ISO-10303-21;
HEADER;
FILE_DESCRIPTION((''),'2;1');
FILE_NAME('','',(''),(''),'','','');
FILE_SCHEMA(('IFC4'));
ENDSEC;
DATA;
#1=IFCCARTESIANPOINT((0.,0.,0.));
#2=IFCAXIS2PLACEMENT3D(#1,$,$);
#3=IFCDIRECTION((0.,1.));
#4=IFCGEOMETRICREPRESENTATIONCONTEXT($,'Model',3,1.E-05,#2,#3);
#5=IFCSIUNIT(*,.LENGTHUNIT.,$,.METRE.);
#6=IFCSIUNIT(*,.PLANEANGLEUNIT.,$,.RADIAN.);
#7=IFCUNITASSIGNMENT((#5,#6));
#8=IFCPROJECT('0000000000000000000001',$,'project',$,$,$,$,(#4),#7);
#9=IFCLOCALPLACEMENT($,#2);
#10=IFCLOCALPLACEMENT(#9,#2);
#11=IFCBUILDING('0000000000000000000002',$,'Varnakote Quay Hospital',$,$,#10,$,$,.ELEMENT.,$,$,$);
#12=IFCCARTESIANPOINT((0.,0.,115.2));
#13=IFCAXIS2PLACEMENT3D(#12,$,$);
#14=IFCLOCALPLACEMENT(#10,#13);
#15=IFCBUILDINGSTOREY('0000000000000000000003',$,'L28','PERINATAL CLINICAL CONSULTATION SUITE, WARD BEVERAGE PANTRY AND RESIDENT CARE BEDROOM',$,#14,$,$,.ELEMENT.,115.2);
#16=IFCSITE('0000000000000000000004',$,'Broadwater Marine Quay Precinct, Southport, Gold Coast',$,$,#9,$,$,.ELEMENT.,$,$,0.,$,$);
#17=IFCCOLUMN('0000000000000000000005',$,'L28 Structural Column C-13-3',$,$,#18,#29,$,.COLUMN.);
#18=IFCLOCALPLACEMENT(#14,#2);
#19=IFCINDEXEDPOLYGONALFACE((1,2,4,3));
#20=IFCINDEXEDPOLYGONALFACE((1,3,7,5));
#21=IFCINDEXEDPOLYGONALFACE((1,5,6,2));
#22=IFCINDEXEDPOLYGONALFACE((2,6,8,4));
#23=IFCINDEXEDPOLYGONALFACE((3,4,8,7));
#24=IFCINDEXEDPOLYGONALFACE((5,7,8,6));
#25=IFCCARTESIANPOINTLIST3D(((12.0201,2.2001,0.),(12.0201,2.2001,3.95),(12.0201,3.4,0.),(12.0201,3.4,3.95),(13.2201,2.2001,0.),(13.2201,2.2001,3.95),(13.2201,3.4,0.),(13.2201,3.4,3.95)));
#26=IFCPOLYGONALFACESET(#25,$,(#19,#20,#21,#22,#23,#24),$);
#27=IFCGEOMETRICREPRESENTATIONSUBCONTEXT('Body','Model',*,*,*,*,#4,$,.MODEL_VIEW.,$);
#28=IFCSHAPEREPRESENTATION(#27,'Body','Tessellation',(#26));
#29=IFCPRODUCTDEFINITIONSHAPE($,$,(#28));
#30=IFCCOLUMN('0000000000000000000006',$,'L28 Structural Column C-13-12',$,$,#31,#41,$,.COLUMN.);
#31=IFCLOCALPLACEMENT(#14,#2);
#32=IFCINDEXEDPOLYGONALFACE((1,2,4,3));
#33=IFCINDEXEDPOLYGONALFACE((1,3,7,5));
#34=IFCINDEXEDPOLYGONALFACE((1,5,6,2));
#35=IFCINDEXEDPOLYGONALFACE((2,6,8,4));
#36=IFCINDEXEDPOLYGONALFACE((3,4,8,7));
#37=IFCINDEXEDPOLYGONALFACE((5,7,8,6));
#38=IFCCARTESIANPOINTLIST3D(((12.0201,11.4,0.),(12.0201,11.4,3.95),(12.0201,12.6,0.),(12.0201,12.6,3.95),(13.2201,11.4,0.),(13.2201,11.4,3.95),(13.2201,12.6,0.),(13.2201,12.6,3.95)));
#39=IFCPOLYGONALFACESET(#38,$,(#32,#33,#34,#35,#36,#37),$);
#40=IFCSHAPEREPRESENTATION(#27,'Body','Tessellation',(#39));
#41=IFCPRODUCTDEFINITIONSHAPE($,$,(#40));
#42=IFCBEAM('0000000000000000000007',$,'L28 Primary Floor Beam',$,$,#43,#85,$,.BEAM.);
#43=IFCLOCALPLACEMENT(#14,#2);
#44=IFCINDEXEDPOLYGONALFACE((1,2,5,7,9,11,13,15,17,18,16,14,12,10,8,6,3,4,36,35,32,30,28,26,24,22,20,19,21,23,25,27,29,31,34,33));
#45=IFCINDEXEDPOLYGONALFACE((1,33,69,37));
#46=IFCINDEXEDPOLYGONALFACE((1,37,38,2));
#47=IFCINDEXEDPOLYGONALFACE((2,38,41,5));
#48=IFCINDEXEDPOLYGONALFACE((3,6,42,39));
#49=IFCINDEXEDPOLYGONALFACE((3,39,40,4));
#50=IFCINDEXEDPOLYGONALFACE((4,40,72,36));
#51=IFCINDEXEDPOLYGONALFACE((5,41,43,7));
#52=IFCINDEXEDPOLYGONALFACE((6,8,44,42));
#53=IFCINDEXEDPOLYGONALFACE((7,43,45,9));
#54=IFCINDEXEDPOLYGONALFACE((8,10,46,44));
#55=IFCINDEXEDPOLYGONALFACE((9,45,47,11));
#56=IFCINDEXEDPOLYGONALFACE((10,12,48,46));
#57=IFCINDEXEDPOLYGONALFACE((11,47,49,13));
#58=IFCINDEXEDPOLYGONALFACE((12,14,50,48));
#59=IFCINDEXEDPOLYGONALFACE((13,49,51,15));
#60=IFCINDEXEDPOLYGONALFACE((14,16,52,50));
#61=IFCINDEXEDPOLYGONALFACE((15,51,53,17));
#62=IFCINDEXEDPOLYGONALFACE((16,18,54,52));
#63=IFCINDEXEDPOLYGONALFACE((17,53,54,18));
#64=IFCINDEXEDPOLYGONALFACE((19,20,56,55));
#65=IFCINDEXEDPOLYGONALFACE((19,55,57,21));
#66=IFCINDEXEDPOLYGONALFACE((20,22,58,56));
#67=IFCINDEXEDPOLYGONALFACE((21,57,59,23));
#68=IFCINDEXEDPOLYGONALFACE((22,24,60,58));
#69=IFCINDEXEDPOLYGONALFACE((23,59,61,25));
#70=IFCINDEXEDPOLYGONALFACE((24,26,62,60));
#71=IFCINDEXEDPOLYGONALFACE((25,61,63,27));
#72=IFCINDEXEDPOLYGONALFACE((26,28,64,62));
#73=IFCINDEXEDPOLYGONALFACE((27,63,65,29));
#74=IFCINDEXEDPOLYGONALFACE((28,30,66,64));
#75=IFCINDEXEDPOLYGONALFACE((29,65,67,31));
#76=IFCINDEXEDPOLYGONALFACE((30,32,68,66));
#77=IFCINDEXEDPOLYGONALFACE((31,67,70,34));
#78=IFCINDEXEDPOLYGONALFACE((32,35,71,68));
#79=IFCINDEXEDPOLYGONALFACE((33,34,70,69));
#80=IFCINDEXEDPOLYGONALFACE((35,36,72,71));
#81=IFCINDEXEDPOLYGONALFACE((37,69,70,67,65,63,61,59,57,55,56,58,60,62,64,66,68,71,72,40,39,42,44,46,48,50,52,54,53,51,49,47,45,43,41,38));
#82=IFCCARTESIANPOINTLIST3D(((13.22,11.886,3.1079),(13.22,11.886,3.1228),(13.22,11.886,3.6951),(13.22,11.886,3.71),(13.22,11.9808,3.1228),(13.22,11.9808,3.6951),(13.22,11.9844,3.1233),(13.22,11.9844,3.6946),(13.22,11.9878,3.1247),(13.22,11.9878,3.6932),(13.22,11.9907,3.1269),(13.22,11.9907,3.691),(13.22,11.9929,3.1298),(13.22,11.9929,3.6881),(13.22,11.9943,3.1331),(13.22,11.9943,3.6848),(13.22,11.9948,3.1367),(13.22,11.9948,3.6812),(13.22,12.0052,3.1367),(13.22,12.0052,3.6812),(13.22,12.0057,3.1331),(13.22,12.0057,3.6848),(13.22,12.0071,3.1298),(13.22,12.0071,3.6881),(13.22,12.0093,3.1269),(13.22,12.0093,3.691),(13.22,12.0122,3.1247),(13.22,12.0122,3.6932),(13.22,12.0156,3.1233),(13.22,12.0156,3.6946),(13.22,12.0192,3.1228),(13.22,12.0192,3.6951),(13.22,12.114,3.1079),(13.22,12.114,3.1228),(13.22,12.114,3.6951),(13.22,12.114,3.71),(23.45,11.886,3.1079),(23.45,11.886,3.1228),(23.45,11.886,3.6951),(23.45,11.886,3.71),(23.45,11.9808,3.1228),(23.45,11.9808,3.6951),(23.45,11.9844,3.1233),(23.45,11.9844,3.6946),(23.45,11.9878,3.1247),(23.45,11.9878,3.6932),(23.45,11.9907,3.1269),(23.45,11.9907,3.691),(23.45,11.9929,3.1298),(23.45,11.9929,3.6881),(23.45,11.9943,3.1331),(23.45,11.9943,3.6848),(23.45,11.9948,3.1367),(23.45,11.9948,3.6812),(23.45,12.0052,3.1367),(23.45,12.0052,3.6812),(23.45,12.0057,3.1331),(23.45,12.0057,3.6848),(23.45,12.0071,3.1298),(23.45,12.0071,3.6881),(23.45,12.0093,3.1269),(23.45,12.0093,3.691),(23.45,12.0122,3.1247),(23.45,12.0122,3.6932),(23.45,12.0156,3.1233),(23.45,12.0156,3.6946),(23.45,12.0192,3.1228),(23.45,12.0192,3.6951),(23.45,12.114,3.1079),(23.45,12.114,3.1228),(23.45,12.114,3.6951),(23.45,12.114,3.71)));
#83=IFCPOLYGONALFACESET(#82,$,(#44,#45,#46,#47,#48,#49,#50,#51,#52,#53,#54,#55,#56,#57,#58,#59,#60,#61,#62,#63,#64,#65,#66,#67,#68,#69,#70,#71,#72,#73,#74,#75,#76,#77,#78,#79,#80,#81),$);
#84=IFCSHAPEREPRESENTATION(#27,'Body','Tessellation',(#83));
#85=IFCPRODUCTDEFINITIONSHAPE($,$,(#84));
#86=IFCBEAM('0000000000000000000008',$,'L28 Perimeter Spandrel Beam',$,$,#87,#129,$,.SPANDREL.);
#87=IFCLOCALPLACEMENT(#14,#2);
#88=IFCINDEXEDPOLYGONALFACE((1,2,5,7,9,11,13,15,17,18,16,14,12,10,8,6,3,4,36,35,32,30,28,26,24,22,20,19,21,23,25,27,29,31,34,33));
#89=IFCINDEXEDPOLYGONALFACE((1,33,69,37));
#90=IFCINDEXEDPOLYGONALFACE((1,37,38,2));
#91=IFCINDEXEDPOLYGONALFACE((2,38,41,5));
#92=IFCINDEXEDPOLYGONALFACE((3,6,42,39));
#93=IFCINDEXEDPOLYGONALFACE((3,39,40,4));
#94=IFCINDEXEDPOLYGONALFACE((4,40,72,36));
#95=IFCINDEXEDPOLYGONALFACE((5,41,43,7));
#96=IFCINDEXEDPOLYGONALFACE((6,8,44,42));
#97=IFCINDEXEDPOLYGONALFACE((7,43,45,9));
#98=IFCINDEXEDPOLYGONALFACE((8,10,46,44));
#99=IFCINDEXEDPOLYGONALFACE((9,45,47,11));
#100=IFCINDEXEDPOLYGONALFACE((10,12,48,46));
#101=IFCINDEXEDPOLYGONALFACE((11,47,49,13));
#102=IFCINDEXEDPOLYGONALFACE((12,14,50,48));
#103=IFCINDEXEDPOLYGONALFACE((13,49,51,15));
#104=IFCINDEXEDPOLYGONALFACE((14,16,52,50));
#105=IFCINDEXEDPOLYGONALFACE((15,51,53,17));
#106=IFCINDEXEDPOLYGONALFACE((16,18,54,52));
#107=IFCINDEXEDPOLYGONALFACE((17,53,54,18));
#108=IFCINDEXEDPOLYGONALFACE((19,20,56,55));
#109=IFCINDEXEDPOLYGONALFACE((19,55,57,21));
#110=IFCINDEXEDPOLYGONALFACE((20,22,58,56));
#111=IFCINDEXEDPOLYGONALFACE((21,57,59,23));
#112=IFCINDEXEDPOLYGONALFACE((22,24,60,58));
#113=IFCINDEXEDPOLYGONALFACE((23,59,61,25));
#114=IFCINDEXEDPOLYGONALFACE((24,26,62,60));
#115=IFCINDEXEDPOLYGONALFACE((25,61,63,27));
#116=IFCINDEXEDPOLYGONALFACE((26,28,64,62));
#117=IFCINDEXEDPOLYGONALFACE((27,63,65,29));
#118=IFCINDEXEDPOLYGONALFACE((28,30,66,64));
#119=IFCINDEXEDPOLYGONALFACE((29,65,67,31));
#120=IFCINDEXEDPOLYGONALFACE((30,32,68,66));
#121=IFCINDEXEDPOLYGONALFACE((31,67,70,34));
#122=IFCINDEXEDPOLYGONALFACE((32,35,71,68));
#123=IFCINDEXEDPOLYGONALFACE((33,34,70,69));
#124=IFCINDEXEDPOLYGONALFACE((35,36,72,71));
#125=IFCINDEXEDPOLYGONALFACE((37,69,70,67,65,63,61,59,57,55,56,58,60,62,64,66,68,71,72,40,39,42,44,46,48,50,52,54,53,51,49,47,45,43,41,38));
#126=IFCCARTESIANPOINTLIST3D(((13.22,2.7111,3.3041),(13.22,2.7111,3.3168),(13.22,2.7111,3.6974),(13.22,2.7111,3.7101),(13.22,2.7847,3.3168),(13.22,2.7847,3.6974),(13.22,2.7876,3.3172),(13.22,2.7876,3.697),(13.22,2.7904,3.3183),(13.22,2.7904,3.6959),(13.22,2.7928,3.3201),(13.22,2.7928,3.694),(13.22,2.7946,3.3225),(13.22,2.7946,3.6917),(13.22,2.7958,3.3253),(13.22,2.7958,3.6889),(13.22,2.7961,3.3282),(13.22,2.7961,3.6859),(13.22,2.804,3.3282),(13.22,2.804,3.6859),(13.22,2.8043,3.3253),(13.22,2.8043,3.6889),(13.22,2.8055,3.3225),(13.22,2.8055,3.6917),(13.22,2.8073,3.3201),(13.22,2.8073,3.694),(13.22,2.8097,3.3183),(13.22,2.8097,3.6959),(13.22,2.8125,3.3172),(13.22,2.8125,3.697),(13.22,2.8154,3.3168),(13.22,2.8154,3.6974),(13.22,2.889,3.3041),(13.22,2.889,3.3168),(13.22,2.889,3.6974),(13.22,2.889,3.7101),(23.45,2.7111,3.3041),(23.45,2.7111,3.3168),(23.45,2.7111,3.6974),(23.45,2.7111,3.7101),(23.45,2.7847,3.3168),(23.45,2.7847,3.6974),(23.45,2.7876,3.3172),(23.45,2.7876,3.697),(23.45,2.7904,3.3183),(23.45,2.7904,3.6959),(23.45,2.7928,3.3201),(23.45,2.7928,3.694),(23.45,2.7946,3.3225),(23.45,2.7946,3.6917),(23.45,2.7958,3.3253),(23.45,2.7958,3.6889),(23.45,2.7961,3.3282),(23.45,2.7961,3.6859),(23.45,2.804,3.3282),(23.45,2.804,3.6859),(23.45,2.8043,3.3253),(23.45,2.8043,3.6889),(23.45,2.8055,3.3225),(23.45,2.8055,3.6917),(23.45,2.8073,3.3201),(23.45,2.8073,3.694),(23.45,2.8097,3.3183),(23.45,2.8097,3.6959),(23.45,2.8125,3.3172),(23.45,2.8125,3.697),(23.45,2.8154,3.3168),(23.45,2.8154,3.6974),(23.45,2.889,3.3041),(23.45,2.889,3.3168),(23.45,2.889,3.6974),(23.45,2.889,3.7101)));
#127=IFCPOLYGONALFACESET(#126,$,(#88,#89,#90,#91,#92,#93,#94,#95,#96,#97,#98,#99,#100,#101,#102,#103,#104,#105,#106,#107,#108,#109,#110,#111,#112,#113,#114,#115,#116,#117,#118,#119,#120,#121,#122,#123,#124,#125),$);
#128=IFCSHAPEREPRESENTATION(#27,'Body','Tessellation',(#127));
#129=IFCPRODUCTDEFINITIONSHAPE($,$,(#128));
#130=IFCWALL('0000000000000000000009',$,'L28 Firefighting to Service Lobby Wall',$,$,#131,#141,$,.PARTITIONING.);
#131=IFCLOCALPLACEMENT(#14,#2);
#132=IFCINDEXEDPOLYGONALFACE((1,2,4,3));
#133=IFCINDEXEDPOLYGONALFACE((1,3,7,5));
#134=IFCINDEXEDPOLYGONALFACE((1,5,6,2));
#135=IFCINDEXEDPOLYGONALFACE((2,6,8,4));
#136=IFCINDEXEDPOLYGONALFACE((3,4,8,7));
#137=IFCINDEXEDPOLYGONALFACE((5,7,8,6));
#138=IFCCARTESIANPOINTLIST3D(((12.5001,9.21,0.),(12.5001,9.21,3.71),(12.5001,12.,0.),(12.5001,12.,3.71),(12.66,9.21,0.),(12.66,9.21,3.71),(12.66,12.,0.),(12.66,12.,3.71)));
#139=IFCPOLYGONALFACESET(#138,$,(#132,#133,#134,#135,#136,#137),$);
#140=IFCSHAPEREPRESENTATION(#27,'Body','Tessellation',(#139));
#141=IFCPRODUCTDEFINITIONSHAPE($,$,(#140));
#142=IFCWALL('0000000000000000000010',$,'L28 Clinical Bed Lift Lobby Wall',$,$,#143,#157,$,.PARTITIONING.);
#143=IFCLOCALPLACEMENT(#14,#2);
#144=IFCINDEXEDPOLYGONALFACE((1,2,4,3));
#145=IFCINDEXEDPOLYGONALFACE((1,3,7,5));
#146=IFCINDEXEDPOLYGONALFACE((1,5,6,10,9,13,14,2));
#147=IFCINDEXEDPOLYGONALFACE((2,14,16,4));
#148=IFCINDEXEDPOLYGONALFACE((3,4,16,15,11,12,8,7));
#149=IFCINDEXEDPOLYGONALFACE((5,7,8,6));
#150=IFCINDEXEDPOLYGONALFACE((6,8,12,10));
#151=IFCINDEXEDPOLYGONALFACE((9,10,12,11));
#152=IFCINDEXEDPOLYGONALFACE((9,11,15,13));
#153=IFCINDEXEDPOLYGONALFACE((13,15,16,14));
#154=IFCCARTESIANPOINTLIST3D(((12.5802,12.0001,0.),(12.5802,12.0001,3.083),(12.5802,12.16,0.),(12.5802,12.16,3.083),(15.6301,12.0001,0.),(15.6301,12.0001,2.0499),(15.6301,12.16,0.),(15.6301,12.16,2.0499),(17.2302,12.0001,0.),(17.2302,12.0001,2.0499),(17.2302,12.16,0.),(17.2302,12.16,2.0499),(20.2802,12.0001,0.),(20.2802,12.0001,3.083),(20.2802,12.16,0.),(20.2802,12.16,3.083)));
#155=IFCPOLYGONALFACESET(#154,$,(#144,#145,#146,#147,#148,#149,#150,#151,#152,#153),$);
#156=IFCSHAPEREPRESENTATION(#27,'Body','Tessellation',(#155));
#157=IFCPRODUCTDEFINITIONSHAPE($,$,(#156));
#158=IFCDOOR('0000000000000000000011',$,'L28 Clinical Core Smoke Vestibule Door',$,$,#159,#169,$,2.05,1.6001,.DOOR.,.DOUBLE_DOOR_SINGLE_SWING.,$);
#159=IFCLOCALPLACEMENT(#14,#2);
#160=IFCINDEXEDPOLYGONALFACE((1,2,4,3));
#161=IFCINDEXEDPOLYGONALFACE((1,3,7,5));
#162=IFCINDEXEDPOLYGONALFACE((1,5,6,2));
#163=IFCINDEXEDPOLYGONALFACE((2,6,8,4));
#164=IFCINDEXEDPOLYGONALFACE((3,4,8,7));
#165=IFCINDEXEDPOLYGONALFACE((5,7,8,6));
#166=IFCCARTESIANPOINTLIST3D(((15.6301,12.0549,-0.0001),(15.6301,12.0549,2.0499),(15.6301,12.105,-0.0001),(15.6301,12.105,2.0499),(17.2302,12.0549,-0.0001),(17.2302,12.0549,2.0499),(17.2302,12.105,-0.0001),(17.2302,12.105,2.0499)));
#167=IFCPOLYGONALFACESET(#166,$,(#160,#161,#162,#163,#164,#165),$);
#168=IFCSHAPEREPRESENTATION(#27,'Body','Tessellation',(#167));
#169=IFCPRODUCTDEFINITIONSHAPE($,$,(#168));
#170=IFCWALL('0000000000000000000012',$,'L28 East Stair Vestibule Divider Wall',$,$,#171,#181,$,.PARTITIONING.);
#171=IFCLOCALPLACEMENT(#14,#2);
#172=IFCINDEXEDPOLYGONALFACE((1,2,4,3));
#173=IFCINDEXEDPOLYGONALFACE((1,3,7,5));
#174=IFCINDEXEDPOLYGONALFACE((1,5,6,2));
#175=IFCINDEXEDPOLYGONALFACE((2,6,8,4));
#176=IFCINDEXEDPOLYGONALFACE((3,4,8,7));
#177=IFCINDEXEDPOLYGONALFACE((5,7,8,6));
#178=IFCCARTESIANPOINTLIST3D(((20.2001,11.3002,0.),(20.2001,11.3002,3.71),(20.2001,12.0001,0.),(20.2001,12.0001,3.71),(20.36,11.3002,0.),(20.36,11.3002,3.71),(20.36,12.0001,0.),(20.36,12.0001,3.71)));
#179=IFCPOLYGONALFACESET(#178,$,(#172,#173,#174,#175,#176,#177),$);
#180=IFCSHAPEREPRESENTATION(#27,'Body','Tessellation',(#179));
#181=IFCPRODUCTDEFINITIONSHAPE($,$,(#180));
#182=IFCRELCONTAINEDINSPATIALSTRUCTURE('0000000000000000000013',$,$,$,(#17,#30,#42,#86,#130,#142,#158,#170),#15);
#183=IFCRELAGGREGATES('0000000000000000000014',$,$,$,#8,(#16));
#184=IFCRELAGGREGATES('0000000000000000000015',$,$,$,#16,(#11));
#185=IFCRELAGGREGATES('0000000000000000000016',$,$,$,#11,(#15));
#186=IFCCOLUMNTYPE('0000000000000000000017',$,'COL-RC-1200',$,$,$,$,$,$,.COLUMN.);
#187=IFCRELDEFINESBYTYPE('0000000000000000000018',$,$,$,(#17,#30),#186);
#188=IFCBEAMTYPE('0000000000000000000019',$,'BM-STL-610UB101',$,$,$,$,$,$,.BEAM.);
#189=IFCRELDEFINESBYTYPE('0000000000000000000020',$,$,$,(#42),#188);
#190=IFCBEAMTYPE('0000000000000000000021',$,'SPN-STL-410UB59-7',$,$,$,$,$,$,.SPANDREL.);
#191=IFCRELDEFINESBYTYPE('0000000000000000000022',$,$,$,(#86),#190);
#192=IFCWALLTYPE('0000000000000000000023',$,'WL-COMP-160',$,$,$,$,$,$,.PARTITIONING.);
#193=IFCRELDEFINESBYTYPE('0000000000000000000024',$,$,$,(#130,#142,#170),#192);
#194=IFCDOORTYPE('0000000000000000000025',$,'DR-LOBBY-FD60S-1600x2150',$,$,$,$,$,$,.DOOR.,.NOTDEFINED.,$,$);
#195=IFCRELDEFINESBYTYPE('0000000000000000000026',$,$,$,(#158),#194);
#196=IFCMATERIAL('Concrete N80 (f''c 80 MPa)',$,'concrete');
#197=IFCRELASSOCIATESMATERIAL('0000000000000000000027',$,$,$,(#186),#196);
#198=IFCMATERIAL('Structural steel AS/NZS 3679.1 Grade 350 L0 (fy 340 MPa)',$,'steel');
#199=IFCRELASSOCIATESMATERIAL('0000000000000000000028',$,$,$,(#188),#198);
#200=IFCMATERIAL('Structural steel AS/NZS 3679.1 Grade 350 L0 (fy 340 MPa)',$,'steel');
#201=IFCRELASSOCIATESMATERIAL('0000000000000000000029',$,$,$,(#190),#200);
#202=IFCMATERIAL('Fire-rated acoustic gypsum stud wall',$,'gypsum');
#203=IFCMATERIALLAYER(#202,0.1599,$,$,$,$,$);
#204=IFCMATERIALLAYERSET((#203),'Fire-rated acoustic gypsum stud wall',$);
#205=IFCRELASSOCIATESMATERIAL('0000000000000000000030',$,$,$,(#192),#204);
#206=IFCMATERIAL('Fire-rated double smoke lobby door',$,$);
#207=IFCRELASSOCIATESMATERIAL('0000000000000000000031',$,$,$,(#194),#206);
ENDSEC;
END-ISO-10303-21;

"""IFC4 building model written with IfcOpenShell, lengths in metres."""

from ifc_helpers import new_model, si_unit, direction, frame, frame_2d, origin, origin_2d, place, context, subcontext, project, spatial, rectangle, i_section, extrude, material, layer, layer_set, material_profile, profile_set, type_object, element, fill, save


model = new_model("IFC4")

# Units and contexts
model_context = context("Model", 3, precision=1e-05, world=origin(), true_north=direction((0.0, 1.0)))
body_context = subcontext(model_context, "Body", "Model", "MODEL_VIEW")
ifc_project = project(units=[si_unit("LENGTHUNIT", "METRE"), si_unit("PLANEANGLEUNIT", "RADIAN")], contexts=[model_context])

# Site, building, storey
site_placement = place(None, origin())
site = spatial("IfcSite", under=ifc_project, at=site_placement, Name="Broadwater Marine Quay Precinct, Southport, Gold Coast", CompositionType="ELEMENT", RefElevation=0.0)
building_placement = place(site_placement, origin())
building = spatial("IfcBuilding", under=site, at=building_placement, Name="Varnakote Quay Hospital", CompositionType="ELEMENT")
storey_placement = place(building_placement, frame((0.0, 0.0, 115.2)))
storey = spatial("IfcBuildingStorey", under=building, at=storey_placement, Name="L28", Description="PERINATAL CLINICAL CONSULTATION SUITE, WARD BEVERAGE PANTRY AND RESIDENT CARE BEDROOM", CompositionType="ELEMENT", Elevation=115.2)

# Columns
ifc_material_1 = material(Name="Concrete N80 (f'c 80 MPa)", Category="concrete")
ifc_material_profile_1 = material_profile(ifc_material_1, rectangle(XDim=1.2, YDim=1.2, at=origin_2d()), Name="RC-COL-1200x1200")
ifc_profile_set_1 = profile_set([ifc_material_profile_1], Name="Concrete N80 (f'c 80 MPa)")
column_type = type_object("IfcColumnType", Name="COL-RC-1200", PredefinedType="COLUMN", material=ifc_profile_set_1)
for number, where, z_axis, x_axis, name in (
    (1, (12.6201, 2.8, 0.0), (0.0, 0.0, 1.0), (1.0, 0.0, 0.0), "L28 Structural Column C-13-3"),
    (2, (12.6201, 12.0, 0.0), (0.0, 0.0, 1.0), (1.0, 0.0, 0.0), "L28 Structural Column C-13-12"),
):
    element("IfcColumn", number, at=place(storey_placement, frame(where, z_axis=z_axis, x_axis=x_axis)), inside=storey, type_object=column_type, Name=name, PredefinedType="COLUMN", context=body_context, shape_type="SweptSolid", body=[
        extrude(rectangle(XDim=1.2, YDim=1.2, at=origin_2d()), origin(), (0.0, 0.0, 1.0), 3.95),
    ])

# Beams
ifc_material_2 = material(Name="Structural steel AS/NZS 3679.1 Grade 350 L0 (fy 340 MPa)", Category="steel")
ifc_material_profile_2 = material_profile(ifc_material_2, i_section(OverallWidth=0.228, OverallDepth=0.6021, WebThickness=0.0105, FlangeThickness=0.0149, FilletRadius=0.0139, at=origin_2d()), Name="610UB101")
ifc_profile_set_2 = profile_set([ifc_material_profile_2], Name="Structural steel AS/NZS 3679.1 Grade 350 L0 (fy 340 MPa)")
beam_type_1 = type_object("IfcBeamType", Name="BM-STL-610UB101", PredefinedType="BEAM", material=ifc_profile_set_2)
beam_1_placement = place(storey_placement, frame((13.22, 12.0, 3.4089), z_axis=(1.0, 0.0, 0.0), x_axis=(0.0, 1.0, 0.0)))
element("IfcBeam", 3, at=beam_1_placement, inside=storey, type_object=beam_type_1, Name="L28 Primary Floor Beam", PredefinedType="BEAM", context=body_context, shape_type="SweptSolid", body=[
    extrude(i_section(OverallWidth=0.228, OverallDepth=0.6021, WebThickness=0.0105, FlangeThickness=0.0149, FilletRadius=0.0139, at=origin_2d()), origin(), (0.0, 0.0, 1.0), 10.23),
])
ifc_material_3 = material(Name="Structural steel AS/NZS 3679.1 Grade 350 L0 (fy 340 MPa)", Category="steel")
ifc_material_profile_3 = material_profile(ifc_material_3, i_section(OverallWidth=0.178, OverallDepth=0.406, WebThickness=0.0078, FlangeThickness=0.0127, FilletRadius=0.0115, at=origin_2d()), Name="410UB59.7")
ifc_profile_set_3 = profile_set([ifc_material_profile_3], Name="Structural steel AS/NZS 3679.1 Grade 350 L0 (fy 340 MPa)")
beam_type_2 = type_object("IfcBeamType", Name="SPN-STL-410UB59-7", PredefinedType="SPANDREL", material=ifc_profile_set_3)
beam_2_placement = place(storey_placement, frame((13.22, 2.8, 3.5071), z_axis=(1.0, 0.0, 0.0), x_axis=(0.0, 1.0, 0.0)))
element("IfcBeam", 4, at=beam_2_placement, inside=storey, type_object=beam_type_2, Name="L28 Perimeter Spandrel Beam", PredefinedType="SPANDREL", context=body_context, shape_type="SweptSolid", body=[
    extrude(i_section(OverallWidth=0.178, OverallDepth=0.406, WebThickness=0.0078, FlangeThickness=0.0127, FilletRadius=0.0115, at=origin_2d()), origin(), (0.0, 0.0, 1.0), 10.23),
])

# Wall
ifc_material_4 = material(Name="Fire-rated acoustic gypsum stud wall", Category="gypsum")
ifc_layer_1 = layer(ifc_material_4, 0.1599)
ifc_layer_set_1 = layer_set([ifc_layer_1], Name="Fire-rated acoustic gypsum stud wall")
wall_type_1 = type_object("IfcWallType", Name="WL-COMP-160", PredefinedType="PARTITIONING", material=ifc_layer_set_1)
wall_1_placement = place(storey_placement, frame((12.5801, 9.21, 0.0), z_axis=(0.0, 0.0, 1.0), x_axis=(0.0, 1.0, 0.0)))
element("IfcWall", 5, at=wall_1_placement, inside=storey, type_object=wall_type_1, Name="L28 Firefighting to Service Lobby Wall", PredefinedType="PARTITIONING", context=body_context, shape_type="SweptSolid", body=[
    extrude(rectangle(XDim=2.79, YDim=0.1599, at=frame_2d((1.395, 0.0))), origin(), (0.0, 0.0, 1.0), 3.71),
])

# Wall, opening, door
wall_2_placement = place(storey_placement, frame((12.5801, 12.0801, 0.0), z_axis=(0.0, 0.0, 1.0), x_axis=(1.0, 0.0, 0.0)))
wall_2 = element("IfcWall", 6, at=wall_2_placement, inside=storey, type_object=wall_type_1, Name="L28 Clinical Bed Lift Lobby Wall", PredefinedType="PARTITIONING", context=body_context, shape_type="SweptSolid", body=[
    extrude(rectangle(XDim=7.7, YDim=0.1599, at=frame_2d((3.8501, 0.0))), origin(), (0.0, 0.0, 1.0), 3.083),
])
opening_1_placement = place(wall_2_placement, frame((3.05, 0.0, 0.0)))
opening_1 = element("IfcOpeningElement", 7, at=opening_1_placement, cuts=wall_2, PredefinedType="OPENING", context=body_context, shape_type="SweptSolid", body=[
    extrude(rectangle(XDim=1.6001, YDim=2.05, at=frame_2d((0.8, 1.0249))), frame((0.0, 0.0898, 0.0), z_axis=(0.0, -1.0, 0.0), x_axis=(1.0, 0.0, 0.0)), (0.0, 0.0, 1.0), 0.1799),
])
ifc_material_5 = material(Name="Fire-rated double smoke lobby door")
door_type_1 = type_object("IfcDoorType", Name="DR-LOBBY-FD60S-1600x2150", OperationType="NOTDEFINED", PredefinedType="DOOR", material=ifc_material_5)
door_1_placement = place(opening_1_placement, origin())
door_1 = element("IfcDoor", 8, at=door_1_placement, inside=storey, type_object=door_type_1, Name="L28 Clinical Core Smoke Vestibule Door", OperationType="DOUBLE_DOOR_SINGLE_SWING", OverallHeight=2.05, OverallWidth=1.6001, PredefinedType="DOOR", context=body_context, shape_type="SweptSolid", body=[
    extrude(rectangle(XDim=1.6001, YDim=2.05, at=frame_2d((0.8, 1.0249))), frame((0.0, 0.0249, 0.0), z_axis=(0.0, -1.0, 0.0), x_axis=(1.0, 0.0, 0.0)), (0.0, 0.0, 1.0), 0.05),
])
fill(opening_1, door_1)

# Wall
wall_3_placement = place(storey_placement, frame((20.28, 11.3, 0.0), z_axis=(0.0, 0.0, 1.0), x_axis=(0.0, 1.0, 0.0)))
element("IfcWall", 9, at=wall_3_placement, inside=storey, type_object=wall_type_1, Name="L28 East Stair Vestibule Divider Wall", PredefinedType="PARTITIONING", context=body_context, shape_type="SweptSolid", body=[
    extrude(rectangle(XDim=0.7, YDim=0.1599, at=frame_2d((0.3501, 0.0))), origin(), (0.0, 0.0, 1.0), 3.71),
])

save(model, "model.ifc")
